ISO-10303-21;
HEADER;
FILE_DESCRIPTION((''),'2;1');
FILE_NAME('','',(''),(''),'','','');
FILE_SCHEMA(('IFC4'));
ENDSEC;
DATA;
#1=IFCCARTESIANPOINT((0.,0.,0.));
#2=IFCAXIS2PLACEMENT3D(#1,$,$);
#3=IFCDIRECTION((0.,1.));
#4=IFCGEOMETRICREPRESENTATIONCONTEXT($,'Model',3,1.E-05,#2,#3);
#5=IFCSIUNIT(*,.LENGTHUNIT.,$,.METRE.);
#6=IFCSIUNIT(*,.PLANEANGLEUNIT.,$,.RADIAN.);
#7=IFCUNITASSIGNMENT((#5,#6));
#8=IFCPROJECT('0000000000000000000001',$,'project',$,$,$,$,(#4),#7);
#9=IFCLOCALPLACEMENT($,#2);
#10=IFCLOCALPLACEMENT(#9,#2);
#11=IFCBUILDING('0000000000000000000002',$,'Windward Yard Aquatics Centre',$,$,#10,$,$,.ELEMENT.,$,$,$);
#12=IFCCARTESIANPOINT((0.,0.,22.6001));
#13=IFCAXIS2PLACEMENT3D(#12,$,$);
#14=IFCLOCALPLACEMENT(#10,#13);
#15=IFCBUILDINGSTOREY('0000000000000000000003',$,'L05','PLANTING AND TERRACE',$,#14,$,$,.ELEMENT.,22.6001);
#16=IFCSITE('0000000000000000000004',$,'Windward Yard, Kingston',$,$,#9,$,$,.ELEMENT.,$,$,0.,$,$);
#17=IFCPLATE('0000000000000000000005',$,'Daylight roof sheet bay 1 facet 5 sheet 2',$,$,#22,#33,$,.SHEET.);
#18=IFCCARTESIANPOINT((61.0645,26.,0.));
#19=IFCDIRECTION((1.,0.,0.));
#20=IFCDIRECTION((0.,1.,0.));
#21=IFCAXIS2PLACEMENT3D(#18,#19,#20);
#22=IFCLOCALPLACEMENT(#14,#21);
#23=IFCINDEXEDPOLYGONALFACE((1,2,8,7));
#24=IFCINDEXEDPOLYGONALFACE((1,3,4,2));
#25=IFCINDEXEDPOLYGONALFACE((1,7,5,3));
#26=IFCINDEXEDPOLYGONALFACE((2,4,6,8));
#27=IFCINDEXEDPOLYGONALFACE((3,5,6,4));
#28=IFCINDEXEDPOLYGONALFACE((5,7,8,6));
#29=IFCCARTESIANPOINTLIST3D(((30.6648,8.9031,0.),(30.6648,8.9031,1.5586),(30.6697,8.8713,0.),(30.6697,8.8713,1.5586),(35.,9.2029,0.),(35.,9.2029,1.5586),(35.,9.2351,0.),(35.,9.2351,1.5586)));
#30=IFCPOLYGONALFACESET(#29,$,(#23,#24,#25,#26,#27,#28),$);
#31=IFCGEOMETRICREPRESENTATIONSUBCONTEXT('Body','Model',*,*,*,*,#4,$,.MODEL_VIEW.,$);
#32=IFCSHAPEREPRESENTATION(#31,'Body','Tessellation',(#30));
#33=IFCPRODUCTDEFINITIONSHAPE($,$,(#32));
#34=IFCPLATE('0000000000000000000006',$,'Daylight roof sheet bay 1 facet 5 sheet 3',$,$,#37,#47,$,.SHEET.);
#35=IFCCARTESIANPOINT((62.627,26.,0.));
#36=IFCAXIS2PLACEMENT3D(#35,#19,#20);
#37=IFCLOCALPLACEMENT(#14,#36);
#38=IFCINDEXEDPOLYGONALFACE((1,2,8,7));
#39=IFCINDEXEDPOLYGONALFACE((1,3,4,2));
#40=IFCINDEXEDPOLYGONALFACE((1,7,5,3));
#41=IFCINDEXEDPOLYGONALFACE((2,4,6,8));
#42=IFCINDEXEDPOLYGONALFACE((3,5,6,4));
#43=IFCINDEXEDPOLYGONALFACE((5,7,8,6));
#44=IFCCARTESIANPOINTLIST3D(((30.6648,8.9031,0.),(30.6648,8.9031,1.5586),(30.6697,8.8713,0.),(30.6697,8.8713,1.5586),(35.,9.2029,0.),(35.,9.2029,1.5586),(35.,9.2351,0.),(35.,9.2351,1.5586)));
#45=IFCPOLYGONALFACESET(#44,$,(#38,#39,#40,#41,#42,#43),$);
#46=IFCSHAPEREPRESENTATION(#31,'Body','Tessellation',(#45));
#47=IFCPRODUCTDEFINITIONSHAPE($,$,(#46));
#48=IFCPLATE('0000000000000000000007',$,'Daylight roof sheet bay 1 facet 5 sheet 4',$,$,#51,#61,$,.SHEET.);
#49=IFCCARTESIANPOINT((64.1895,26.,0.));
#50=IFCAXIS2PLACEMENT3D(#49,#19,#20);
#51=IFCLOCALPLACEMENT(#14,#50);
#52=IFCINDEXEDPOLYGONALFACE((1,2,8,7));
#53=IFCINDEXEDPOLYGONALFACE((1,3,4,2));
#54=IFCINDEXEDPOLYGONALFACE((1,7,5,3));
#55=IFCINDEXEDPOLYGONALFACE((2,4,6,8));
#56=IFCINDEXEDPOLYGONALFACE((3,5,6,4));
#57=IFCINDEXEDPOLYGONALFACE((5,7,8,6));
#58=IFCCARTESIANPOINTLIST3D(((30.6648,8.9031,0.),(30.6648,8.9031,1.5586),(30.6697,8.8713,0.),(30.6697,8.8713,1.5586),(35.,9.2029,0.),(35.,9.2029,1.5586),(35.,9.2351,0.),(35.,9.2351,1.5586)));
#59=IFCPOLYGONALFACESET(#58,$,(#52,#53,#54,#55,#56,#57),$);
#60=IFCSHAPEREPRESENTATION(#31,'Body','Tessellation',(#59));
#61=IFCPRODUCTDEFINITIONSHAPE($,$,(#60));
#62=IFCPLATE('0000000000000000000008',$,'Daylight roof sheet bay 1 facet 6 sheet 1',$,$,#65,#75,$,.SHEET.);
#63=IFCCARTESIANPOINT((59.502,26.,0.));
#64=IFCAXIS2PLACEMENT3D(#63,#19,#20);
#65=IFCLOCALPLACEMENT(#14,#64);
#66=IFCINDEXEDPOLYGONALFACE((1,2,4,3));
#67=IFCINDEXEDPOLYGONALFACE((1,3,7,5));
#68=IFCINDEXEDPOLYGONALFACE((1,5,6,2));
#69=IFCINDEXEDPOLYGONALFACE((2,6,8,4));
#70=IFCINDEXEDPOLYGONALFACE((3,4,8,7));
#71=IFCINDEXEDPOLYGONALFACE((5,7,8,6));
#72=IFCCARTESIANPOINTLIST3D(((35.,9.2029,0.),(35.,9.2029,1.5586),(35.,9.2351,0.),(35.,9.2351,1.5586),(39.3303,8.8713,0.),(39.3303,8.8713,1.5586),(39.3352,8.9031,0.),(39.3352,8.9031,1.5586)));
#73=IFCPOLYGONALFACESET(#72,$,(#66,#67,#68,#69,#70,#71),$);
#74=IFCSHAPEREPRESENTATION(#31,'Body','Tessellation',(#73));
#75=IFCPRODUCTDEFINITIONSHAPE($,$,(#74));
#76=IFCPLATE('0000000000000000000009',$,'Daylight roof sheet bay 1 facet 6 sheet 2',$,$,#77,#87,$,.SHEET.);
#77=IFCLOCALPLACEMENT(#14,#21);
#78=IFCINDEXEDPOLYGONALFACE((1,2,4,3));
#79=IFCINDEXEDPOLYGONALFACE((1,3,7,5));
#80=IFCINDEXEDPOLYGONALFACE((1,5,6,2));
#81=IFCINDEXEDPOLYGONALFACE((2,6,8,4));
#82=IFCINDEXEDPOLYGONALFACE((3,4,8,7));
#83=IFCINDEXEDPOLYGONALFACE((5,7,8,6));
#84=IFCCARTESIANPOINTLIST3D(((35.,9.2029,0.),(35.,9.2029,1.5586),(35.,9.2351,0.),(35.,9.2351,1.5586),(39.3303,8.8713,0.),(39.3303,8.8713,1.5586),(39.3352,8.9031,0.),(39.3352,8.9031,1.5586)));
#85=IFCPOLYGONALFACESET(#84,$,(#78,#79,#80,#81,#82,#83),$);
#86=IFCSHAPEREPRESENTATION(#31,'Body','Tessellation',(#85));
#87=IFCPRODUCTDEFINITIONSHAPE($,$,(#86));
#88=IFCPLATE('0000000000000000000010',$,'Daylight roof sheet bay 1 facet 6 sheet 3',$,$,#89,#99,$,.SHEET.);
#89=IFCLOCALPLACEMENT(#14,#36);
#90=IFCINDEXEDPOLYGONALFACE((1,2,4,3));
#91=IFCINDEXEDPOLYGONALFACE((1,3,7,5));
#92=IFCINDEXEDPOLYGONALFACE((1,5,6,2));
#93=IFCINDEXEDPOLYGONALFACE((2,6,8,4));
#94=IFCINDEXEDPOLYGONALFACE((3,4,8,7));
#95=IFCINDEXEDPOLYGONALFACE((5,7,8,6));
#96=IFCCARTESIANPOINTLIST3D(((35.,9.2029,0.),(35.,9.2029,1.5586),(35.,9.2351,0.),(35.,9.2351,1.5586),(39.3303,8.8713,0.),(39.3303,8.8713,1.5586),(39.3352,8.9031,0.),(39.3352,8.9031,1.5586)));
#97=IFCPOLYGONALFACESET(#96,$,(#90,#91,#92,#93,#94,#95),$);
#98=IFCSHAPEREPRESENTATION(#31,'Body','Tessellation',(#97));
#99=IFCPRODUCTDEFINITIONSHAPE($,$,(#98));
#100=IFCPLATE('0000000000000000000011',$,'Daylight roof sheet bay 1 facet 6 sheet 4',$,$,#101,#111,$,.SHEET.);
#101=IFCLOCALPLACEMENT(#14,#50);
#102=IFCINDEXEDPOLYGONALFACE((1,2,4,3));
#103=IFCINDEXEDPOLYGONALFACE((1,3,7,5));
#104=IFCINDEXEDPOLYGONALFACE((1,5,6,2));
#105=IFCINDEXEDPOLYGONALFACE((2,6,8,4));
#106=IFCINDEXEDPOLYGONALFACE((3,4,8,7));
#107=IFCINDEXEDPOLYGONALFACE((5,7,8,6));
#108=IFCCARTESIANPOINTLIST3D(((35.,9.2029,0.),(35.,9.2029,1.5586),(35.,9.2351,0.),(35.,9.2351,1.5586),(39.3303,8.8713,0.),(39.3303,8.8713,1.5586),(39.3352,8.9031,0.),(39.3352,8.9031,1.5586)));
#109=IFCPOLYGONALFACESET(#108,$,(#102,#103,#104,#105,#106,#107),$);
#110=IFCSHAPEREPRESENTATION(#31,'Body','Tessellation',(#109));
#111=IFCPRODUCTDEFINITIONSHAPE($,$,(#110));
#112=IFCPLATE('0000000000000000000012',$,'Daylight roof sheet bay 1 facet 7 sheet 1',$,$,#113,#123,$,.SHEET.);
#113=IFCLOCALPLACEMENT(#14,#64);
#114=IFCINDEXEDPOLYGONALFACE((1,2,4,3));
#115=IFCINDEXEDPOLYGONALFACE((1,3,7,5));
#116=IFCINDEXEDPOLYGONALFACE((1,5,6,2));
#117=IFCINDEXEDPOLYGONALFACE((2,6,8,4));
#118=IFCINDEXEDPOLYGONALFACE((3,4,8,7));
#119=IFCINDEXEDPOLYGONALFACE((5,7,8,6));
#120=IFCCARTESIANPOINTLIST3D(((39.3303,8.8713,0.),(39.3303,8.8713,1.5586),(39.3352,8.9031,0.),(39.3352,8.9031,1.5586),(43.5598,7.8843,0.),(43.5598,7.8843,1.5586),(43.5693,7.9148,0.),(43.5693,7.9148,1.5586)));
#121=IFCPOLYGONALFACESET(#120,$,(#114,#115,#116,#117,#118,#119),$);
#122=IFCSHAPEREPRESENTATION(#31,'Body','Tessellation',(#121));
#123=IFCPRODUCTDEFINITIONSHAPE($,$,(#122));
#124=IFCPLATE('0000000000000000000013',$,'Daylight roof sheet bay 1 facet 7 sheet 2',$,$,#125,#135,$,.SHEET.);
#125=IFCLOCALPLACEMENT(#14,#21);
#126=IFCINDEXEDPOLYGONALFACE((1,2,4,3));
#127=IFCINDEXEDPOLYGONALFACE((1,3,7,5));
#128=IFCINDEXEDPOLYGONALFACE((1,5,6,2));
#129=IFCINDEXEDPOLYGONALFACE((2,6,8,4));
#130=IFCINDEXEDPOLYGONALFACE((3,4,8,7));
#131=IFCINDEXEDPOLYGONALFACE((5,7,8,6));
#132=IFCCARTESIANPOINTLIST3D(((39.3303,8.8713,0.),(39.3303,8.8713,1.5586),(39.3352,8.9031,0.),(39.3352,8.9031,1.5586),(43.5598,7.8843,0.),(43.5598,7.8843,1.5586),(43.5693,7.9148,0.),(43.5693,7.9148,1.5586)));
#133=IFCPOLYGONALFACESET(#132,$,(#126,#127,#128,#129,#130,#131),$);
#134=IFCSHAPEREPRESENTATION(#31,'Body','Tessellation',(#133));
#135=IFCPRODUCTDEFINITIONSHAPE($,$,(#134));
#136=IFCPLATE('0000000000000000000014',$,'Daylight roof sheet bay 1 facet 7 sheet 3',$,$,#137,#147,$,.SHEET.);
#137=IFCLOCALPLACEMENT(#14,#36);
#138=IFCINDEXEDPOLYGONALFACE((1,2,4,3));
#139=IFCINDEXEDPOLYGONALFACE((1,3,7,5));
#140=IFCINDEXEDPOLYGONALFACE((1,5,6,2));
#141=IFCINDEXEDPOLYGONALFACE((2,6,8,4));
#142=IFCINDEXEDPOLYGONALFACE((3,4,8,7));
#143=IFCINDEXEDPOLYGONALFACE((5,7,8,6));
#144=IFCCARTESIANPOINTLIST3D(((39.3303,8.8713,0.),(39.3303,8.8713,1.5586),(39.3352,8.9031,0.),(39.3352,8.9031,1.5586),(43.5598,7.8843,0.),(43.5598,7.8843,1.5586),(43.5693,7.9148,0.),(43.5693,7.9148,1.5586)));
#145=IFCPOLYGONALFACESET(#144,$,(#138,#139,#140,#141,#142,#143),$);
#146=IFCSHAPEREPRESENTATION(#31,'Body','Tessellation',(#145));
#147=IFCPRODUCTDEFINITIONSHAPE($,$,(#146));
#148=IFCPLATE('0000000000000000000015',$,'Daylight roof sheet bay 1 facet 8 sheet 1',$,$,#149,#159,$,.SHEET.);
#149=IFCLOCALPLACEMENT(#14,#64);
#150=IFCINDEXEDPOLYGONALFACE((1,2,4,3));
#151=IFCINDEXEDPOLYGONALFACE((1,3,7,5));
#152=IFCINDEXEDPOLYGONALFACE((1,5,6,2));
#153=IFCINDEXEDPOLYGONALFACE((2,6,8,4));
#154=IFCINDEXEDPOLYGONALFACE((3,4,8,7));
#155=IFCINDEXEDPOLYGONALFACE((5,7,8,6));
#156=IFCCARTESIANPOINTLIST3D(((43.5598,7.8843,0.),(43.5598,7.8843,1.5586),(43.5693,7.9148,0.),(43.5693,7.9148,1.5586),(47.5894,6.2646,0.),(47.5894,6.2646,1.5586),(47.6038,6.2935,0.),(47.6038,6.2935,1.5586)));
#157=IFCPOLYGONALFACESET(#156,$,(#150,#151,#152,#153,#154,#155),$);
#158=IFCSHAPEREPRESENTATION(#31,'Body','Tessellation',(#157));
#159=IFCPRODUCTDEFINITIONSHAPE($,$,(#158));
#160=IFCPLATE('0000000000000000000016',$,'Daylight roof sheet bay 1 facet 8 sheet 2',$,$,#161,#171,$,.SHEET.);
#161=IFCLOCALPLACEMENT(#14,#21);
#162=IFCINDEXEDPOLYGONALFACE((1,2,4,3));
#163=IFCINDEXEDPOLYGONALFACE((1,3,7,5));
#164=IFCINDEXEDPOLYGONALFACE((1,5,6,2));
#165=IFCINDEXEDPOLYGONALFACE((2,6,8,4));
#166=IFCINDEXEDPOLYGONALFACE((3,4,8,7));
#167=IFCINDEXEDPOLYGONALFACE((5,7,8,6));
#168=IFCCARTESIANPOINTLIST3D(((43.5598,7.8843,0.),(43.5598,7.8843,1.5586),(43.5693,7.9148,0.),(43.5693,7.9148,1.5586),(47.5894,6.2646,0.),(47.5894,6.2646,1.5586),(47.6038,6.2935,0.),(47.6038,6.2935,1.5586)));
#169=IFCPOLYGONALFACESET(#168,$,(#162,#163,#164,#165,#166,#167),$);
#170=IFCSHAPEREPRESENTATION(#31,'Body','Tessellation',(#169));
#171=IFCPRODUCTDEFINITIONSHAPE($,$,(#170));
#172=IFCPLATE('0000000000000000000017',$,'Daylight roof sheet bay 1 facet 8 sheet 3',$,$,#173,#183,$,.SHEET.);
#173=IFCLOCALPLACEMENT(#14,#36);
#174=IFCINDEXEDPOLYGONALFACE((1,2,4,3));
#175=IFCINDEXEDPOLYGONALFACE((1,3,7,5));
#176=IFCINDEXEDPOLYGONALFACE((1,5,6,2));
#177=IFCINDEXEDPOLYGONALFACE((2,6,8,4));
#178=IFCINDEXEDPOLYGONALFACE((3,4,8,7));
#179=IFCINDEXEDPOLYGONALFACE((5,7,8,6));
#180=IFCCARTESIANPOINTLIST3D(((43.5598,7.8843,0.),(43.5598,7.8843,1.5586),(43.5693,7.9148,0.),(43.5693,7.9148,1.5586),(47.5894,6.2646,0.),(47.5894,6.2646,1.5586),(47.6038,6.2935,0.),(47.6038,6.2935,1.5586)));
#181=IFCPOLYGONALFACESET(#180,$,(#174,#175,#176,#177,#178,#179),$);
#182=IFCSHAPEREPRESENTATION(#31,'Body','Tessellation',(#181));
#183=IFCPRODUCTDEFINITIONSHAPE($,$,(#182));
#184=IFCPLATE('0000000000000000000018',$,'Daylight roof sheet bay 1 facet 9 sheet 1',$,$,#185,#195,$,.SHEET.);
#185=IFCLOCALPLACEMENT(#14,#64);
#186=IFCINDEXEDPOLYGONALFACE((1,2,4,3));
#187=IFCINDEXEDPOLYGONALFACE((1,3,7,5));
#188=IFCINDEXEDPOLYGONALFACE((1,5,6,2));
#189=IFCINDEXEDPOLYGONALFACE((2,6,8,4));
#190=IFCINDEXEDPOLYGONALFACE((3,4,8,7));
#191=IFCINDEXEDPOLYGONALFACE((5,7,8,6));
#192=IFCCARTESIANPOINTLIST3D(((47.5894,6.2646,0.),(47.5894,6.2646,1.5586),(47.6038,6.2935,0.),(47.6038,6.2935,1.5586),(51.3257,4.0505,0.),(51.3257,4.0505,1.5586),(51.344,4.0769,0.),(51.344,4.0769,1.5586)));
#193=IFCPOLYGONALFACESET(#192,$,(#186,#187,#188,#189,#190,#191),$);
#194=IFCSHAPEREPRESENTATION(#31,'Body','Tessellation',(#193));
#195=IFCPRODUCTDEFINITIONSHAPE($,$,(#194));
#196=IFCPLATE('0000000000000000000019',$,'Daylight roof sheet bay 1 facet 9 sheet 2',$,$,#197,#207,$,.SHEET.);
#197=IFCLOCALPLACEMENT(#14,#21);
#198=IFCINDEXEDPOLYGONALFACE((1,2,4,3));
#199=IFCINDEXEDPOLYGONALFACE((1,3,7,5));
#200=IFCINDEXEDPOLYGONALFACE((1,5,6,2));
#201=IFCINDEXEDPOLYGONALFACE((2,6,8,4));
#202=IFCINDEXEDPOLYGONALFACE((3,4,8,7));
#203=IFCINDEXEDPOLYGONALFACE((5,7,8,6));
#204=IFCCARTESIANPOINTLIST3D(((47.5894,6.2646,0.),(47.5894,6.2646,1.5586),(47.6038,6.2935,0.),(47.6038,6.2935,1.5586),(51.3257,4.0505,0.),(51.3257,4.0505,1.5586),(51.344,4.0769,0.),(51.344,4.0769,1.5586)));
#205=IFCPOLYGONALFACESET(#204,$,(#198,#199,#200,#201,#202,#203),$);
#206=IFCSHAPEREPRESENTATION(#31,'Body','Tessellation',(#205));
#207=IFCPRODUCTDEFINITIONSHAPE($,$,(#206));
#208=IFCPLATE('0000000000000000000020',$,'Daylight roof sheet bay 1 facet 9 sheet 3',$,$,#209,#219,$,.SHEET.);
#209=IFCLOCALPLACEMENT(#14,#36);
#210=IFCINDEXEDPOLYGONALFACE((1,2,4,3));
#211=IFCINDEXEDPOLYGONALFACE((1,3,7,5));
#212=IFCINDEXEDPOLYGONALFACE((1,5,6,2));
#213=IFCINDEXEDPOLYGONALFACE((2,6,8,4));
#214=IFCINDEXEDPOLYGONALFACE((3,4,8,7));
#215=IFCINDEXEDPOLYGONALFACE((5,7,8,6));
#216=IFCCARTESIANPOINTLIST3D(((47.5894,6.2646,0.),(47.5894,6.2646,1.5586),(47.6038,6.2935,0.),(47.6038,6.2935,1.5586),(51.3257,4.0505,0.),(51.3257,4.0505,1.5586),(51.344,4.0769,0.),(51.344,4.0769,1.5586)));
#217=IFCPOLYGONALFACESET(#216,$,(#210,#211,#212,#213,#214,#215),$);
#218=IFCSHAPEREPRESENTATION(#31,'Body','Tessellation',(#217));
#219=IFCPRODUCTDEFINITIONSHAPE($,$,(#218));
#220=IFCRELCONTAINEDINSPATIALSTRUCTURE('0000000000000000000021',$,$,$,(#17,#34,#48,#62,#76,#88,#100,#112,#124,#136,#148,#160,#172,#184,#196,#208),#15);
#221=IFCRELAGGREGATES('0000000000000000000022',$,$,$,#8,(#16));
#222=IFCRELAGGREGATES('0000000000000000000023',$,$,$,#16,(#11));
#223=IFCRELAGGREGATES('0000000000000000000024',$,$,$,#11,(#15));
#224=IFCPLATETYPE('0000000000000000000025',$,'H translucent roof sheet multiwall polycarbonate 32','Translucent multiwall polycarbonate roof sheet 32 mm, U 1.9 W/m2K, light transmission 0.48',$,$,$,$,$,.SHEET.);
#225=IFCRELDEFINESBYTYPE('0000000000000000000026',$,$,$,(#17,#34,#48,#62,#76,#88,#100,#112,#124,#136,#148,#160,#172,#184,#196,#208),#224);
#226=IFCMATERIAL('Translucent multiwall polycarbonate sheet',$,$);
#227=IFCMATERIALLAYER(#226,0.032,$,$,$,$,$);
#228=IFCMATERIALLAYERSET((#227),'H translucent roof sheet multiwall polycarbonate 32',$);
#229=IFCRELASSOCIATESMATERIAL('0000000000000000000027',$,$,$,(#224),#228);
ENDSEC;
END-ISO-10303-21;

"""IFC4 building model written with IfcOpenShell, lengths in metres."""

from ifc_helpers import new_model, si_unit, direction, frame, origin, place, context, subcontext, project, spatial, polyline, outline, extrude, material, layer, layer_set, type_object, element, save


model = new_model("IFC4")

# Units and contexts
model_context = context("Model", 3, precision=1e-05, world=origin(), true_north=direction((0.0, 1.0)))
body_context = subcontext(model_context, "Body", "Model", "MODEL_VIEW")
ifc_project = project(units=[si_unit("LENGTHUNIT", "METRE"), si_unit("PLANEANGLEUNIT", "RADIAN")], contexts=[model_context])

# Site, building, storey
site_placement = place(None, origin())
site = spatial("IfcSite", under=ifc_project, at=site_placement, Name="Windward Yard, Kingston", CompositionType="ELEMENT", RefElevation=0.0)
building_placement = place(site_placement, origin())
building = spatial("IfcBuilding", under=site, at=building_placement, Name="Windward Yard Aquatics Centre", CompositionType="ELEMENT")
storey_placement = place(building_placement, frame((0.0, 0.0, 22.6001)))
storey = spatial("IfcBuildingStorey", under=building, at=storey_placement, Name="L05", Description="PLANTING AND TERRACE", CompositionType="ELEMENT", Elevation=22.6001)

# Plates
ifc_material_1 = material(Name="Translucent multiwall polycarbonate sheet")
ifc_layer_1 = layer(ifc_material_1, 0.032)
ifc_layer_set_1 = layer_set([ifc_layer_1], Name="H translucent roof sheet multiwall polycarbonate 32")
plate_type = type_object("IfcPlateType", Name="H translucent roof sheet multiwall polycarbonate 32", Description="Translucent multiwall polycarbonate roof sheet 32 mm, U 1.9 W/m2K, light transmission 0.48", PredefinedType="SHEET", material=ifc_layer_set_1)
for number, where, z_axis, x_axis, name in (
    (1, (61.0645, 26.0, 0.0), (1.0, 0.0, 0.0), (0.0, 1.0, 0.0), "Daylight roof sheet bay 1 facet 5 sheet 2"),
    (2, (62.627, 26.0, 0.0), (1.0, 0.0, 0.0), (0.0, 1.0, 0.0), "Daylight roof sheet bay 1 facet 5 sheet 3"),
    (3, (64.1895, 26.0, 0.0), (1.0, 0.0, 0.0), (0.0, 1.0, 0.0), "Daylight roof sheet bay 1 facet 5 sheet 4"),
):
    element("IfcPlate", number, at=place(storey_placement, frame(where, z_axis=z_axis, x_axis=x_axis)), inside=storey, type_object=plate_type, Name=name, PredefinedType="SHEET", context=body_context, shape_type="SweptSolid", body=[
        extrude(outline(polyline([(30.6697, 8.8713), (35.0, 9.2029), (35.0, 9.2351), (30.6648, 8.9031), (30.6697, 8.8713)])), origin(), (0.0, 0.0, 1.0), 1.5586),
    ])
for number, where, z_axis, x_axis, name in (
    (4, (59.502, 26.0, 0.0), (1.0, 0.0, 0.0), (0.0, 1.0, 0.0), "Daylight roof sheet bay 1 facet 6 sheet 1"),
    (5, (61.0645, 26.0, 0.0), (1.0, 0.0, 0.0), (0.0, 1.0, 0.0), "Daylight roof sheet bay 1 facet 6 sheet 2"),
    (6, (62.627, 26.0, 0.0), (1.0, 0.0, 0.0), (0.0, 1.0, 0.0), "Daylight roof sheet bay 1 facet 6 sheet 3"),
    (7, (64.1895, 26.0, 0.0), (1.0, 0.0, 0.0), (0.0, 1.0, 0.0), "Daylight roof sheet bay 1 facet 6 sheet 4"),
):
    element("IfcPlate", number, at=place(storey_placement, frame(where, z_axis=z_axis, x_axis=x_axis)), inside=storey, type_object=plate_type, Name=name, PredefinedType="SHEET", context=body_context, shape_type="SweptSolid", body=[
        extrude(outline(polyline([(35.0, 9.2029), (39.3303, 8.8713), (39.3352, 8.9031), (35.0, 9.2351), (35.0, 9.2029)])), origin(), (0.0, 0.0, 1.0), 1.5586),
    ])
for number, where, z_axis, x_axis, name in (
    (8, (59.502, 26.0, 0.0), (1.0, 0.0, 0.0), (0.0, 1.0, 0.0), "Daylight roof sheet bay 1 facet 7 sheet 1"),
    (9, (61.0645, 26.0, 0.0), (1.0, 0.0, 0.0), (0.0, 1.0, 0.0), "Daylight roof sheet bay 1 facet 7 sheet 2"),
    (10, (62.627, 26.0, 0.0), (1.0, 0.0, 0.0), (0.0, 1.0, 0.0), "Daylight roof sheet bay 1 facet 7 sheet 3"),
):
    element("IfcPlate", number, at=place(storey_placement, frame(where, z_axis=z_axis, x_axis=x_axis)), inside=storey, type_object=plate_type, Name=name, PredefinedType="SHEET", context=body_context, shape_type="SweptSolid", body=[
        extrude(outline(polyline([(39.3303, 8.8713), (43.5598, 7.8843), (43.5693, 7.9148), (39.3352, 8.9031), (39.3303, 8.8713)])), origin(), (0.0, 0.0, 1.0), 1.5586),
    ])
for number, where, z_axis, x_axis, name in (
    (11, (59.502, 26.0, 0.0), (1.0, 0.0, 0.0), (0.0, 1.0, 0.0), "Daylight roof sheet bay 1 facet 8 sheet 1"),
    (12, (61.0645, 26.0, 0.0), (1.0, 0.0, 0.0), (0.0, 1.0, 0.0), "Daylight roof sheet bay 1 facet 8 sheet 2"),
    (13, (62.627, 26.0, 0.0), (1.0, 0.0, 0.0), (0.0, 1.0, 0.0), "Daylight roof sheet bay 1 facet 8 sheet 3"),
):
    element("IfcPlate", number, at=place(storey_placement, frame(where, z_axis=z_axis, x_axis=x_axis)), inside=storey, type_object=plate_type, Name=name, PredefinedType="SHEET", context=body_context, shape_type="SweptSolid", body=[
        extrude(outline(polyline([(43.5598, 7.8843), (47.5894, 6.2646), (47.6038, 6.2935), (43.5693, 7.9148), (43.5598, 7.8843)])), origin(), (0.0, 0.0, 1.0), 1.5586),
    ])
for number, where, z_axis, x_axis, name in (
    (14, (59.502, 26.0, 0.0), (1.0, 0.0, 0.0), (0.0, 1.0, 0.0), "Daylight roof sheet bay 1 facet 9 sheet 1"),
    (15, (61.0645, 26.0, 0.0), (1.0, 0.0, 0.0), (0.0, 1.0, 0.0), "Daylight roof sheet bay 1 facet 9 sheet 2"),
    (16, (62.627, 26.0, 0.0), (1.0, 0.0, 0.0), (0.0, 1.0, 0.0), "Daylight roof sheet bay 1 facet 9 sheet 3"),
):
    element("IfcPlate", number, at=place(storey_placement, frame(where, z_axis=z_axis, x_axis=x_axis)), inside=storey, type_object=plate_type, Name=name, PredefinedType="SHEET", context=body_context, shape_type="SweptSolid", body=[
        extrude(outline(polyline([(47.5894, 6.2646), (51.3257, 4.0505), (51.344, 4.0769), (47.6038, 6.2935), (47.5894, 6.2646)])), origin(), (0.0, 0.0, 1.0), 1.5586),
    ])

save(model, "model.ifc")
